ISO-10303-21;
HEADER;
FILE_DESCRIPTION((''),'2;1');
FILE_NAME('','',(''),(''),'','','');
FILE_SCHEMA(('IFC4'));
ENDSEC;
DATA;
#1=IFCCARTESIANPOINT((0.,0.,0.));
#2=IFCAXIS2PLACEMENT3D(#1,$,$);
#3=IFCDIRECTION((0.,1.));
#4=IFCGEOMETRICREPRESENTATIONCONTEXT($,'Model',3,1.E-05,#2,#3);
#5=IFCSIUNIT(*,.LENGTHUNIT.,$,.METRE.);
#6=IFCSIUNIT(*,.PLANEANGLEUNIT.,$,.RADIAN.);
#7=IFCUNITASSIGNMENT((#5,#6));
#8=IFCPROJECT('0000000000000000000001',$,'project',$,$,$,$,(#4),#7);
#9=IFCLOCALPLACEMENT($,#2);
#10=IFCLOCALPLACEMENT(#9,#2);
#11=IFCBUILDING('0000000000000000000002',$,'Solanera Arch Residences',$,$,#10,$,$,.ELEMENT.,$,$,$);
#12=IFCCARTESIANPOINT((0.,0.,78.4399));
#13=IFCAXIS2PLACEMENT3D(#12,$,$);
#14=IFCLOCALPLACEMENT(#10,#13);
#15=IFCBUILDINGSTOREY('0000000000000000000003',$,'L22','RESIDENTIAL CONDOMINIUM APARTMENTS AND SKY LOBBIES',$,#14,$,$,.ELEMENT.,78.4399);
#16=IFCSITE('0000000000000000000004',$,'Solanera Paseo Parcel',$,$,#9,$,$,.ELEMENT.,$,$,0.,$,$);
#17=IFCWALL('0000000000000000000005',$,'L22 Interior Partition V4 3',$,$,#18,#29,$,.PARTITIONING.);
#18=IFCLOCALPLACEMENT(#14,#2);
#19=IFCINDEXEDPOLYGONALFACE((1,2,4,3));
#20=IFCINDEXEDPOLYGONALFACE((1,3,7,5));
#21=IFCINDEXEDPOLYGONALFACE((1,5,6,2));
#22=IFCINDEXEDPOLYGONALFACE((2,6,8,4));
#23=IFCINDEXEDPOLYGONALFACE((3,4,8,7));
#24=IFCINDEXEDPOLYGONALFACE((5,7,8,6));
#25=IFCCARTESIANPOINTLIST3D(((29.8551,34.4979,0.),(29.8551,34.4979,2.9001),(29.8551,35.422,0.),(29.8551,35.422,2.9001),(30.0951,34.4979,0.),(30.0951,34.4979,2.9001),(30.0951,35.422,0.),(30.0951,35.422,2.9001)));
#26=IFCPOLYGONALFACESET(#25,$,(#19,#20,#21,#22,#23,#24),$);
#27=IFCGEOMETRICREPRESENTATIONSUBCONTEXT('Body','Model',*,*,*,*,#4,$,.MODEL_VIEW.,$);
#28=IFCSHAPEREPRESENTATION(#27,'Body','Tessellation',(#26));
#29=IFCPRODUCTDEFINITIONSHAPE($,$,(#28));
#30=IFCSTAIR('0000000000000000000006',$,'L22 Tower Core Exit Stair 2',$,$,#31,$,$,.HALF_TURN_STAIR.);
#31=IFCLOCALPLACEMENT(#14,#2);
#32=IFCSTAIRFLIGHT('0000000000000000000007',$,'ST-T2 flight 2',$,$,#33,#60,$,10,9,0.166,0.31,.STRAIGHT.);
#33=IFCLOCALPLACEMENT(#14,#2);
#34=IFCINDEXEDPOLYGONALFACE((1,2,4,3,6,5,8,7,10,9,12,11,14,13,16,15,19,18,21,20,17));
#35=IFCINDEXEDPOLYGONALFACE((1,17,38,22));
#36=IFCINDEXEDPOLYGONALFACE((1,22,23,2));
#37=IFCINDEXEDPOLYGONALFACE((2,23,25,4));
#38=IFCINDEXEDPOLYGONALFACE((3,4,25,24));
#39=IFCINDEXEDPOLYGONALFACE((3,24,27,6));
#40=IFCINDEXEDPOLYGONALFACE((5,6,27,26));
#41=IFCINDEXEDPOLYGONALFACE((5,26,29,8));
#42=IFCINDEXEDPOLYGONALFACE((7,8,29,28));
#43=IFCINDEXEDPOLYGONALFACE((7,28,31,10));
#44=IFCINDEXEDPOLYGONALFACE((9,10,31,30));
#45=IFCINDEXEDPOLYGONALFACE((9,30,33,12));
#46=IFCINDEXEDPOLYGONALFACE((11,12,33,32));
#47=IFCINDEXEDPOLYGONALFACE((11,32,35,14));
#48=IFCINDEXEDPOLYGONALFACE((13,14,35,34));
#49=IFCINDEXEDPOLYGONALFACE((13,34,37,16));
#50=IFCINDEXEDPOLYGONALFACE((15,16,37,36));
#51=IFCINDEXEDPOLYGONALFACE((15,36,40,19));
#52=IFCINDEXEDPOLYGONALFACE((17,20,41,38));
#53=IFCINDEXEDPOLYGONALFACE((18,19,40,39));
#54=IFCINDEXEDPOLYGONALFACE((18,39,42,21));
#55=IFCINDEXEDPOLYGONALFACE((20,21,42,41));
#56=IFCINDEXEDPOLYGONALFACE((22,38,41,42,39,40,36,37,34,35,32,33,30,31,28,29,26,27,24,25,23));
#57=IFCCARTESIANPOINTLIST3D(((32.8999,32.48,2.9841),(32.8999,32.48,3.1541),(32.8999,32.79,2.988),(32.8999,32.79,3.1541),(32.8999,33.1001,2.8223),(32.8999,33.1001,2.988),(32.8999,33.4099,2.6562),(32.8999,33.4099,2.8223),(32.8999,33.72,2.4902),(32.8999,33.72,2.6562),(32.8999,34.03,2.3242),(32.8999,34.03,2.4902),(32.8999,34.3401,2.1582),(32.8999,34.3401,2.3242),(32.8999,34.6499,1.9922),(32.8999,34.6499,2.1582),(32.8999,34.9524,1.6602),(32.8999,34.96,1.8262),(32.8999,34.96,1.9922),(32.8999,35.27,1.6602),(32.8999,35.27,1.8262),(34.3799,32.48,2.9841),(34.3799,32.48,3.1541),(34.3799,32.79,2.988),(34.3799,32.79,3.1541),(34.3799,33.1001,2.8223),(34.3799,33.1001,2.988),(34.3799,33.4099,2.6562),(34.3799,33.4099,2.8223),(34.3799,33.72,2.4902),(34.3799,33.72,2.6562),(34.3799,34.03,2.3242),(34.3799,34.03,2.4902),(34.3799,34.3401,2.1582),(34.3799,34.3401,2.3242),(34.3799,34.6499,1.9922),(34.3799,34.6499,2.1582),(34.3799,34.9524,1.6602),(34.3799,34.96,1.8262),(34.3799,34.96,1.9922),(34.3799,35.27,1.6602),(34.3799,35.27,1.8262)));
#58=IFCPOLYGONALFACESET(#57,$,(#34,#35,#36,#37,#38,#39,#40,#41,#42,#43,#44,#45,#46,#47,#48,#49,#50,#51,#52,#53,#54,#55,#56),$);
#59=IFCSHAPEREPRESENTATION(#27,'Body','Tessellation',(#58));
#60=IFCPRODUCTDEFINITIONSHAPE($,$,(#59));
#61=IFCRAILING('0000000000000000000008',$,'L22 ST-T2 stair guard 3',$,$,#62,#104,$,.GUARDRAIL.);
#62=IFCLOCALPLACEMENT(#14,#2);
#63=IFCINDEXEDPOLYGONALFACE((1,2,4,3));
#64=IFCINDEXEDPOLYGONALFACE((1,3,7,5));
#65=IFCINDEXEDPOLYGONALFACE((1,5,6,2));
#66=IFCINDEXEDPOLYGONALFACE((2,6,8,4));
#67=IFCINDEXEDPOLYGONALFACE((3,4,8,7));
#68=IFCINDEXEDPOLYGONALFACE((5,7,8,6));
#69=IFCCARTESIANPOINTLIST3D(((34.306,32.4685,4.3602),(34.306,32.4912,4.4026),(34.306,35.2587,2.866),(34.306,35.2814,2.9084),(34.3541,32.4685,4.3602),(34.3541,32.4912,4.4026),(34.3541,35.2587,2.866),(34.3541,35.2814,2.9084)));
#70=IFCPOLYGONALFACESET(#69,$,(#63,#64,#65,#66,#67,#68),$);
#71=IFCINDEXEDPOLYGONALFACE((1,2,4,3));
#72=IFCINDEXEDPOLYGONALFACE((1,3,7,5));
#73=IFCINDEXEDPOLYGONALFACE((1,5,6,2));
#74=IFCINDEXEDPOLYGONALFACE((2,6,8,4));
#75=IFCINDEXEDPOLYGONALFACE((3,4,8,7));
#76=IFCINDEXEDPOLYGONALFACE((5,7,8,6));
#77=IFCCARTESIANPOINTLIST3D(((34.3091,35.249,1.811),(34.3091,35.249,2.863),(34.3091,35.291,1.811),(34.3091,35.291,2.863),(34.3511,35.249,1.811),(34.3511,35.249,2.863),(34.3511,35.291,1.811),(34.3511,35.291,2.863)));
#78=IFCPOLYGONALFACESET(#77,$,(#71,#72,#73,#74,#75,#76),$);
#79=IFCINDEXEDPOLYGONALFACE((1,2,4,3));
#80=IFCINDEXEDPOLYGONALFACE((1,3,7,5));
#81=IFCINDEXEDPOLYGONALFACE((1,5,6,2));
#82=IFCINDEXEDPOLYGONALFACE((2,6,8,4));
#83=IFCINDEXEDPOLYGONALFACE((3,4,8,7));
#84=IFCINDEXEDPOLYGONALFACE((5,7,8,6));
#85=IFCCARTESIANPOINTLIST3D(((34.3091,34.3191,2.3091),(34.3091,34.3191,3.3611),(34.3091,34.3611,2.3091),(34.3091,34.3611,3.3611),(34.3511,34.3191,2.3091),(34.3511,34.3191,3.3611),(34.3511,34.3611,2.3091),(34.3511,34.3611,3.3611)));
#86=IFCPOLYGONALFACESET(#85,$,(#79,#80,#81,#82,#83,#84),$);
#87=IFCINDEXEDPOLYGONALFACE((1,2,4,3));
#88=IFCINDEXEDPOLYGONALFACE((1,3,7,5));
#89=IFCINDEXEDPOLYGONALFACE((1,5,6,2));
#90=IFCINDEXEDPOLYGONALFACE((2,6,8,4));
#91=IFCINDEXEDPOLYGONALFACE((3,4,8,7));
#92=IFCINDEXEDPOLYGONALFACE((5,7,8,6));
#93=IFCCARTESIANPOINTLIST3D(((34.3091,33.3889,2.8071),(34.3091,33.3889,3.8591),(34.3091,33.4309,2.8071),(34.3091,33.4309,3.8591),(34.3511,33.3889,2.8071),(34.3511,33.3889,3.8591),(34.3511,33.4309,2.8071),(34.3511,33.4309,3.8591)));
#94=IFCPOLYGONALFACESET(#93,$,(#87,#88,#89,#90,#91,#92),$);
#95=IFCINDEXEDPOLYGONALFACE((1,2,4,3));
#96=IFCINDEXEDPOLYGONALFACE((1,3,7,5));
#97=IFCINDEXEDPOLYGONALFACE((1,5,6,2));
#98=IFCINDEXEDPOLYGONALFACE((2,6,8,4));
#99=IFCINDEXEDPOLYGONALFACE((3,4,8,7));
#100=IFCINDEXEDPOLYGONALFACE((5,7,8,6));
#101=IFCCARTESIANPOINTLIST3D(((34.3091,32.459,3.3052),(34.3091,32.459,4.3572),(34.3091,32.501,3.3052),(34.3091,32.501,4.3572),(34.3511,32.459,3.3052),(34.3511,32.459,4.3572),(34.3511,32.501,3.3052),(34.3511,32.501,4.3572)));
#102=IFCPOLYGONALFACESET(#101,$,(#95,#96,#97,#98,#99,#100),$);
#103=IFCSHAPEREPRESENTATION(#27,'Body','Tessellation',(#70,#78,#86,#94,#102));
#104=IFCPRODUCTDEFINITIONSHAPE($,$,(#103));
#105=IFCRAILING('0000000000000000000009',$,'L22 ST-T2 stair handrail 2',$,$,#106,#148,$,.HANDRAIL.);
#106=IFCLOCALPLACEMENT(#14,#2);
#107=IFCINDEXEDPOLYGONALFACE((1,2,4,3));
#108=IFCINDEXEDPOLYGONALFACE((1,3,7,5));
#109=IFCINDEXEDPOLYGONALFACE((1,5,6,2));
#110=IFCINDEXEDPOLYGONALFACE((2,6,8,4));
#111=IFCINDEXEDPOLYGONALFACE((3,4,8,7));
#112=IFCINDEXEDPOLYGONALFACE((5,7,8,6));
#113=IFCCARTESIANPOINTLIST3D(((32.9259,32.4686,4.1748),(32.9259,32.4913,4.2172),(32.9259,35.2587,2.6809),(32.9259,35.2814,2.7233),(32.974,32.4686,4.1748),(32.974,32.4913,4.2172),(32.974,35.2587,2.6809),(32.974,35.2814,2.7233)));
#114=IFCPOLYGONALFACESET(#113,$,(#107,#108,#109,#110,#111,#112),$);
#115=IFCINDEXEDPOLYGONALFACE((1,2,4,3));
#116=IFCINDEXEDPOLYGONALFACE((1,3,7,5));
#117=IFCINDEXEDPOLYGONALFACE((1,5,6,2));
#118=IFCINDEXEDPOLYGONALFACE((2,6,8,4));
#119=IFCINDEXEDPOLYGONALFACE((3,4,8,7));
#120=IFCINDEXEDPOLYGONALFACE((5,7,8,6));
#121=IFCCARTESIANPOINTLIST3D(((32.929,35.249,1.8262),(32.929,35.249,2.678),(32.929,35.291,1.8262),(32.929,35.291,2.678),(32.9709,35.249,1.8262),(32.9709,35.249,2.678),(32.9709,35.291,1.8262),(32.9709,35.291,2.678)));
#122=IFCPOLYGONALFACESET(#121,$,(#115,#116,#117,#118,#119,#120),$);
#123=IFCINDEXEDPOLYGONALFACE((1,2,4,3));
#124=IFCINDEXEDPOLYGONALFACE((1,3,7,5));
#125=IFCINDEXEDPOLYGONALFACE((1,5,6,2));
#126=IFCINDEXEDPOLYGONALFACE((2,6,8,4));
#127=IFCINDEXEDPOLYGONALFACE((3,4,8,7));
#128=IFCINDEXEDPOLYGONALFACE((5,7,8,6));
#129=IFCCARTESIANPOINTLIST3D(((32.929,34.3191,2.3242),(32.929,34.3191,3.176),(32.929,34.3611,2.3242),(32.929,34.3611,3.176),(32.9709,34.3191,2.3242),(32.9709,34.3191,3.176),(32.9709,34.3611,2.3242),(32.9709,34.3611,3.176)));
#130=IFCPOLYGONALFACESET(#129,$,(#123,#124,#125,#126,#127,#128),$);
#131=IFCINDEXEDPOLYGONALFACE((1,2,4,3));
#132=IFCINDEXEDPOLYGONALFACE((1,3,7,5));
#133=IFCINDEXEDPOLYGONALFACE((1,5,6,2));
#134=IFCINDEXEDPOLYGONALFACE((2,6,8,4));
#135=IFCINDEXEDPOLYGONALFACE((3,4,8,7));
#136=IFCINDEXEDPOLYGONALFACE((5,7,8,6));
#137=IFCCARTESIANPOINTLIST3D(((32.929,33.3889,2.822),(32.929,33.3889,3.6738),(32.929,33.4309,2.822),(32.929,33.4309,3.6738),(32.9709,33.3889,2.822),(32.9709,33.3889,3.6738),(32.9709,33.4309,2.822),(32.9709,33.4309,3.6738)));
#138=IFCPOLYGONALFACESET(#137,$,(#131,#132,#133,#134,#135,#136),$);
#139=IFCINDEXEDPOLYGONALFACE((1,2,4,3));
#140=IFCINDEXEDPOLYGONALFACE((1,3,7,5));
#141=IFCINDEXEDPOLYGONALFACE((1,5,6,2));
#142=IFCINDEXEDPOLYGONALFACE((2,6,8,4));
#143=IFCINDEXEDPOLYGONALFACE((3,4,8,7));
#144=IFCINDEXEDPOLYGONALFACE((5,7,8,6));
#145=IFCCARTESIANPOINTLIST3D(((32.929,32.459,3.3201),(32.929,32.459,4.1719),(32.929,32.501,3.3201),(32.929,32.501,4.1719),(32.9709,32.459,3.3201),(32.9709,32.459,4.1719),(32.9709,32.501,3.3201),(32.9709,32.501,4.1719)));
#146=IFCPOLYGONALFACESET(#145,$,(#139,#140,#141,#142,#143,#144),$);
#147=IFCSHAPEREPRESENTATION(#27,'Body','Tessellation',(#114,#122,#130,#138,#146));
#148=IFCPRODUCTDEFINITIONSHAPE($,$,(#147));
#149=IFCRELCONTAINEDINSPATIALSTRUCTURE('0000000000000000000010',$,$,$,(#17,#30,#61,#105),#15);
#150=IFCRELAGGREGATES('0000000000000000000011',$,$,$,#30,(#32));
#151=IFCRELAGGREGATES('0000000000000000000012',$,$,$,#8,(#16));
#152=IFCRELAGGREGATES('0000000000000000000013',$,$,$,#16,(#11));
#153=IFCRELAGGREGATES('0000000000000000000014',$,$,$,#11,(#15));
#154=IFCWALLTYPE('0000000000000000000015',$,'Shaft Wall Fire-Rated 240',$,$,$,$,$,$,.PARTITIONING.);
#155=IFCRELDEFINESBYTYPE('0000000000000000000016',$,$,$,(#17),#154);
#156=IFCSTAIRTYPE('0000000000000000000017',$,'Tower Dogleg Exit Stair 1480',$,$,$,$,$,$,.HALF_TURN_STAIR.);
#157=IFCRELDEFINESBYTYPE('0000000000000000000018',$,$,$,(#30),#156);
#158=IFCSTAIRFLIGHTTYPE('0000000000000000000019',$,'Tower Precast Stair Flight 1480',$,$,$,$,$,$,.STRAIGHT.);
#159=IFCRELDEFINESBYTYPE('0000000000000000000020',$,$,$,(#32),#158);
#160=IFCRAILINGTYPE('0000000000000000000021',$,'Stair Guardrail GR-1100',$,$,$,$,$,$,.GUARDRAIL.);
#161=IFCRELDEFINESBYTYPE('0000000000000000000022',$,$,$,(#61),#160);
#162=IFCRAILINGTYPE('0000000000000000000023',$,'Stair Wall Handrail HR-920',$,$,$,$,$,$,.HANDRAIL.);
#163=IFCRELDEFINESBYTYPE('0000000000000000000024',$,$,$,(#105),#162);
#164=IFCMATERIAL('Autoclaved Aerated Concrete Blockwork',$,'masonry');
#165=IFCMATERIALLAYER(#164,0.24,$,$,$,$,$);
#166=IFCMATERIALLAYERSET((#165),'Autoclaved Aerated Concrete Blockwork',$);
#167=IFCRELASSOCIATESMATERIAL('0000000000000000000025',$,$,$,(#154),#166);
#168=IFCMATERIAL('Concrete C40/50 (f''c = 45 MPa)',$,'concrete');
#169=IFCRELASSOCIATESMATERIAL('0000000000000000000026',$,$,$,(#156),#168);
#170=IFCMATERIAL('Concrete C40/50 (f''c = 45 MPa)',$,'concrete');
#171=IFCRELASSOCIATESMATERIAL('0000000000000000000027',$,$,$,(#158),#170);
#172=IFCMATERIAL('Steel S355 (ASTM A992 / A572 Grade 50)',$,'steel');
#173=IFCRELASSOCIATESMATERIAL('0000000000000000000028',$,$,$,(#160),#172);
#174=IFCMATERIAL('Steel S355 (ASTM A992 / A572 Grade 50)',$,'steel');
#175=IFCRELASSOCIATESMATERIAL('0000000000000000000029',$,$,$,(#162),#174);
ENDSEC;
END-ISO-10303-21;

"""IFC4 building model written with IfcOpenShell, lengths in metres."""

from ifc_helpers import new_model, si_unit, direction, frame, frame_2d, origin, origin_2d, place, context, subcontext, project, spatial, polyline, rectangle, outline, extrude, material, layer, layer_set, type_object, element, aggregate, save


model = new_model("IFC4")

# Units and contexts
model_context = context("Model", 3, precision=1e-05, world=origin(), true_north=direction((0.0, 1.0)))
body_context = subcontext(model_context, "Body", "Model", "MODEL_VIEW")
ifc_project = project(units=[si_unit("LENGTHUNIT", "METRE"), si_unit("PLANEANGLEUNIT", "RADIAN")], contexts=[model_context])

# Site, building, storey
site_placement = place(None, origin())
site = spatial("IfcSite", under=ifc_project, at=site_placement, Name="Solanera Paseo Parcel", CompositionType="ELEMENT", RefElevation=0.0)
building_placement = place(site_placement, origin())
building = spatial("IfcBuilding", under=site, at=building_placement, Name="Solanera Arch Residences", CompositionType="ELEMENT")
storey_placement = place(building_placement, frame((0.0, 0.0, 78.4399)))
storey = spatial("IfcBuildingStorey", under=building, at=storey_placement, Name="L22", Description="RESIDENTIAL CONDOMINIUM APARTMENTS AND SKY LOBBIES", CompositionType="ELEMENT", Elevation=78.4399)

# Shared definitions
ifc_material_1 = material(Name="Autoclaved Aerated Concrete Blockwork", Category="masonry")
ifc_layer_1 = layer(ifc_material_1, 0.24)
ifc_layer_set_1 = layer_set([ifc_layer_1], Name="Autoclaved Aerated Concrete Blockwork")
wall_type_1 = type_object("IfcWallType", Name="Shaft Wall Fire-Rated 240", PredefinedType="PARTITIONING", material=ifc_layer_set_1)

# Wall
wall_1_placement = place(storey_placement, frame((29.9751, 34.498, 0.0), z_axis=(0.0, 0.0, 1.0), x_axis=(0.0, 1.0, 0.0)))
element("IfcWall", 1, at=wall_1_placement, inside=storey, type_object=wall_type_1, Name="L22 Interior Partition V4 3", PredefinedType="PARTITIONING", context=body_context, shape_type="SweptSolid", body=[
    extrude(rectangle(XDim=0.9241, YDim=0.24, at=frame_2d((0.4619, 0.0))), origin(), (0.0, 0.0, 1.0), 2.9001),
])

# Stair, stair flight
ifc_material_2 = material(Name="Concrete C40/50 (f'c = 45 MPa)", Category="concrete")
stair_type = type_object("IfcStairType", Name="Tower Dogleg Exit Stair 1480", PredefinedType="HALF_TURN_STAIR", material=ifc_material_2)
stair_placement = place(storey_placement, origin())
stair = element("IfcStair", 2, at=stair_placement, inside=storey, type_object=stair_type, Name="L22 Tower Core Exit Stair 2", PredefinedType="HALF_TURN_STAIR")
ifc_material_3 = material(Name="Concrete C40/50 (f'c = 45 MPa)", Category="concrete")
stair_flight_type = type_object("IfcStairFlightType", Name="Tower Precast Stair Flight 1480", PredefinedType="STRAIGHT", material=ifc_material_3)
stair_flight_placement = place(storey_placement, frame((33.6399, 35.27, 1.6602), z_axis=(0.0, 0.0, 1.0), x_axis=(0.0, -1.0, 0.0)))
stair_flight = element("IfcStairFlight", 3, at=stair_flight_placement, type_object=stair_flight_type, Name="ST-T2 flight 2", NumberOfRisers=10, NumberOfTreads=9, PredefinedType="STRAIGHT", RiserHeight=0.166, TreadLength=0.31, context=body_context, shape_type="SweptSolid", body=[
    extrude(outline(polyline([(0.0, 0.0), (0.0, 0.166), (0.3101, 0.166), (0.3101, 0.332), (0.6201, 0.332), (0.6201, 0.498), (0.9299, 0.498), (0.9299, 0.6641), (1.24, 0.6641), (1.24, 0.8301), (1.55, 0.8301), (1.55, 0.9961), (1.8601, 0.9961), (1.8601, 1.1621), (2.1699, 1.1621), (2.1699, 1.3279), (2.48, 1.3279), (2.48, 1.4939), (2.79, 1.4939), (2.79, 1.6599), (2.79, 1.324), (0.3176, 0.0), (0.0, 0.0)])), frame((0.0, 0.74, 0.0), z_axis=(0.0, -1.0, 0.0), x_axis=(1.0, 0.0, 0.0)), (0.0, 0.0, 1.0), 1.48),
])
aggregate(stair, [stair_flight])

# Railings
ifc_material_4 = material(Name="Steel S355 (ASTM A992 / A572 Grade 50)", Category="steel")
railing_type_1 = type_object("IfcRailingType", Name="Stair Guardrail GR-1100", PredefinedType="GUARDRAIL", material=ifc_material_4)
railing_1_placement = place(storey_placement, frame((34.3301, 35.27, 1.811)))
element("IfcRailing", 4, at=railing_1_placement, inside=storey, type_object=railing_type_1, Name="L22 ST-T2 stair guard 3", PredefinedType="GUARDRAIL", context=body_context, shape_type="SweptSolid", body=[
    extrude(rectangle(XDim=0.0481, YDim=0.0481, at=origin_2d()), frame((0.0, 0.0, 1.0762), z_axis=(0.0, -0.881549, 0.472093), x_axis=(1.0, 0.0, 0.0)), (0.0, 0.0, 1.0), 3.165),
    extrude(rectangle(XDim=0.042, YDim=0.042, at=origin_2d()), origin(), (0.0, 0.0, 1.0), 1.052),
    extrude(rectangle(XDim=0.042, YDim=0.042, at=origin_2d()), frame((0.0, -0.9299, 0.498)), (0.0, 0.0, 1.0), 1.052),
    extrude(rectangle(XDim=0.042, YDim=0.042, at=origin_2d()), frame((0.0, -1.8601, 0.9961)), (0.0, 0.0, 1.0), 1.052),
    extrude(rectangle(XDim=0.042, YDim=0.042, at=origin_2d()), frame((0.0, -2.79, 1.4941)), (0.0, 0.0, 1.0), 1.052),
])
ifc_material_5 = material(Name="Steel S355 (ASTM A992 / A572 Grade 50)", Category="steel")
railing_type_2 = type_object("IfcRailingType", Name="Stair Wall Handrail HR-920", PredefinedType="HANDRAIL", material=ifc_material_5)
railing_2_placement = place(storey_placement, frame((32.95, 35.27, 1.8262)))
element("IfcRailing", 5, at=railing_2_placement, inside=storey, type_object=railing_type_2, Name="L22 ST-T2 stair handrail 2", PredefinedType="HANDRAIL", context=body_context, shape_type="SweptSolid", body=[
    extrude(rectangle(XDim=0.0481, YDim=0.0481, at=origin_2d()), frame((0.0, 0.0, 0.876), z_axis=(0.0, -0.881581, 0.472033), x_axis=(1.0, 0.0, 0.0)), (0.0, 0.0, 1.0), 3.1648),
    extrude(rectangle(XDim=0.042, YDim=0.042, at=origin_2d()), origin(), (0.0, 0.0, 1.0), 0.8518),
    extrude(rectangle(XDim=0.042, YDim=0.042, at=origin_2d()), frame((0.0, -0.9299, 0.498)), (0.0, 0.0, 1.0), 0.8518),
    extrude(rectangle(XDim=0.042, YDim=0.042, at=origin_2d()), frame((0.0, -1.8601, 0.9958)), (0.0, 0.0, 1.0), 0.8518),
    extrude(rectangle(XDim=0.042, YDim=0.042, at=origin_2d()), frame((0.0, -2.79, 1.4939)), (0.0, 0.0, 1.0), 0.8518),
])

save(model, "model.ifc")
